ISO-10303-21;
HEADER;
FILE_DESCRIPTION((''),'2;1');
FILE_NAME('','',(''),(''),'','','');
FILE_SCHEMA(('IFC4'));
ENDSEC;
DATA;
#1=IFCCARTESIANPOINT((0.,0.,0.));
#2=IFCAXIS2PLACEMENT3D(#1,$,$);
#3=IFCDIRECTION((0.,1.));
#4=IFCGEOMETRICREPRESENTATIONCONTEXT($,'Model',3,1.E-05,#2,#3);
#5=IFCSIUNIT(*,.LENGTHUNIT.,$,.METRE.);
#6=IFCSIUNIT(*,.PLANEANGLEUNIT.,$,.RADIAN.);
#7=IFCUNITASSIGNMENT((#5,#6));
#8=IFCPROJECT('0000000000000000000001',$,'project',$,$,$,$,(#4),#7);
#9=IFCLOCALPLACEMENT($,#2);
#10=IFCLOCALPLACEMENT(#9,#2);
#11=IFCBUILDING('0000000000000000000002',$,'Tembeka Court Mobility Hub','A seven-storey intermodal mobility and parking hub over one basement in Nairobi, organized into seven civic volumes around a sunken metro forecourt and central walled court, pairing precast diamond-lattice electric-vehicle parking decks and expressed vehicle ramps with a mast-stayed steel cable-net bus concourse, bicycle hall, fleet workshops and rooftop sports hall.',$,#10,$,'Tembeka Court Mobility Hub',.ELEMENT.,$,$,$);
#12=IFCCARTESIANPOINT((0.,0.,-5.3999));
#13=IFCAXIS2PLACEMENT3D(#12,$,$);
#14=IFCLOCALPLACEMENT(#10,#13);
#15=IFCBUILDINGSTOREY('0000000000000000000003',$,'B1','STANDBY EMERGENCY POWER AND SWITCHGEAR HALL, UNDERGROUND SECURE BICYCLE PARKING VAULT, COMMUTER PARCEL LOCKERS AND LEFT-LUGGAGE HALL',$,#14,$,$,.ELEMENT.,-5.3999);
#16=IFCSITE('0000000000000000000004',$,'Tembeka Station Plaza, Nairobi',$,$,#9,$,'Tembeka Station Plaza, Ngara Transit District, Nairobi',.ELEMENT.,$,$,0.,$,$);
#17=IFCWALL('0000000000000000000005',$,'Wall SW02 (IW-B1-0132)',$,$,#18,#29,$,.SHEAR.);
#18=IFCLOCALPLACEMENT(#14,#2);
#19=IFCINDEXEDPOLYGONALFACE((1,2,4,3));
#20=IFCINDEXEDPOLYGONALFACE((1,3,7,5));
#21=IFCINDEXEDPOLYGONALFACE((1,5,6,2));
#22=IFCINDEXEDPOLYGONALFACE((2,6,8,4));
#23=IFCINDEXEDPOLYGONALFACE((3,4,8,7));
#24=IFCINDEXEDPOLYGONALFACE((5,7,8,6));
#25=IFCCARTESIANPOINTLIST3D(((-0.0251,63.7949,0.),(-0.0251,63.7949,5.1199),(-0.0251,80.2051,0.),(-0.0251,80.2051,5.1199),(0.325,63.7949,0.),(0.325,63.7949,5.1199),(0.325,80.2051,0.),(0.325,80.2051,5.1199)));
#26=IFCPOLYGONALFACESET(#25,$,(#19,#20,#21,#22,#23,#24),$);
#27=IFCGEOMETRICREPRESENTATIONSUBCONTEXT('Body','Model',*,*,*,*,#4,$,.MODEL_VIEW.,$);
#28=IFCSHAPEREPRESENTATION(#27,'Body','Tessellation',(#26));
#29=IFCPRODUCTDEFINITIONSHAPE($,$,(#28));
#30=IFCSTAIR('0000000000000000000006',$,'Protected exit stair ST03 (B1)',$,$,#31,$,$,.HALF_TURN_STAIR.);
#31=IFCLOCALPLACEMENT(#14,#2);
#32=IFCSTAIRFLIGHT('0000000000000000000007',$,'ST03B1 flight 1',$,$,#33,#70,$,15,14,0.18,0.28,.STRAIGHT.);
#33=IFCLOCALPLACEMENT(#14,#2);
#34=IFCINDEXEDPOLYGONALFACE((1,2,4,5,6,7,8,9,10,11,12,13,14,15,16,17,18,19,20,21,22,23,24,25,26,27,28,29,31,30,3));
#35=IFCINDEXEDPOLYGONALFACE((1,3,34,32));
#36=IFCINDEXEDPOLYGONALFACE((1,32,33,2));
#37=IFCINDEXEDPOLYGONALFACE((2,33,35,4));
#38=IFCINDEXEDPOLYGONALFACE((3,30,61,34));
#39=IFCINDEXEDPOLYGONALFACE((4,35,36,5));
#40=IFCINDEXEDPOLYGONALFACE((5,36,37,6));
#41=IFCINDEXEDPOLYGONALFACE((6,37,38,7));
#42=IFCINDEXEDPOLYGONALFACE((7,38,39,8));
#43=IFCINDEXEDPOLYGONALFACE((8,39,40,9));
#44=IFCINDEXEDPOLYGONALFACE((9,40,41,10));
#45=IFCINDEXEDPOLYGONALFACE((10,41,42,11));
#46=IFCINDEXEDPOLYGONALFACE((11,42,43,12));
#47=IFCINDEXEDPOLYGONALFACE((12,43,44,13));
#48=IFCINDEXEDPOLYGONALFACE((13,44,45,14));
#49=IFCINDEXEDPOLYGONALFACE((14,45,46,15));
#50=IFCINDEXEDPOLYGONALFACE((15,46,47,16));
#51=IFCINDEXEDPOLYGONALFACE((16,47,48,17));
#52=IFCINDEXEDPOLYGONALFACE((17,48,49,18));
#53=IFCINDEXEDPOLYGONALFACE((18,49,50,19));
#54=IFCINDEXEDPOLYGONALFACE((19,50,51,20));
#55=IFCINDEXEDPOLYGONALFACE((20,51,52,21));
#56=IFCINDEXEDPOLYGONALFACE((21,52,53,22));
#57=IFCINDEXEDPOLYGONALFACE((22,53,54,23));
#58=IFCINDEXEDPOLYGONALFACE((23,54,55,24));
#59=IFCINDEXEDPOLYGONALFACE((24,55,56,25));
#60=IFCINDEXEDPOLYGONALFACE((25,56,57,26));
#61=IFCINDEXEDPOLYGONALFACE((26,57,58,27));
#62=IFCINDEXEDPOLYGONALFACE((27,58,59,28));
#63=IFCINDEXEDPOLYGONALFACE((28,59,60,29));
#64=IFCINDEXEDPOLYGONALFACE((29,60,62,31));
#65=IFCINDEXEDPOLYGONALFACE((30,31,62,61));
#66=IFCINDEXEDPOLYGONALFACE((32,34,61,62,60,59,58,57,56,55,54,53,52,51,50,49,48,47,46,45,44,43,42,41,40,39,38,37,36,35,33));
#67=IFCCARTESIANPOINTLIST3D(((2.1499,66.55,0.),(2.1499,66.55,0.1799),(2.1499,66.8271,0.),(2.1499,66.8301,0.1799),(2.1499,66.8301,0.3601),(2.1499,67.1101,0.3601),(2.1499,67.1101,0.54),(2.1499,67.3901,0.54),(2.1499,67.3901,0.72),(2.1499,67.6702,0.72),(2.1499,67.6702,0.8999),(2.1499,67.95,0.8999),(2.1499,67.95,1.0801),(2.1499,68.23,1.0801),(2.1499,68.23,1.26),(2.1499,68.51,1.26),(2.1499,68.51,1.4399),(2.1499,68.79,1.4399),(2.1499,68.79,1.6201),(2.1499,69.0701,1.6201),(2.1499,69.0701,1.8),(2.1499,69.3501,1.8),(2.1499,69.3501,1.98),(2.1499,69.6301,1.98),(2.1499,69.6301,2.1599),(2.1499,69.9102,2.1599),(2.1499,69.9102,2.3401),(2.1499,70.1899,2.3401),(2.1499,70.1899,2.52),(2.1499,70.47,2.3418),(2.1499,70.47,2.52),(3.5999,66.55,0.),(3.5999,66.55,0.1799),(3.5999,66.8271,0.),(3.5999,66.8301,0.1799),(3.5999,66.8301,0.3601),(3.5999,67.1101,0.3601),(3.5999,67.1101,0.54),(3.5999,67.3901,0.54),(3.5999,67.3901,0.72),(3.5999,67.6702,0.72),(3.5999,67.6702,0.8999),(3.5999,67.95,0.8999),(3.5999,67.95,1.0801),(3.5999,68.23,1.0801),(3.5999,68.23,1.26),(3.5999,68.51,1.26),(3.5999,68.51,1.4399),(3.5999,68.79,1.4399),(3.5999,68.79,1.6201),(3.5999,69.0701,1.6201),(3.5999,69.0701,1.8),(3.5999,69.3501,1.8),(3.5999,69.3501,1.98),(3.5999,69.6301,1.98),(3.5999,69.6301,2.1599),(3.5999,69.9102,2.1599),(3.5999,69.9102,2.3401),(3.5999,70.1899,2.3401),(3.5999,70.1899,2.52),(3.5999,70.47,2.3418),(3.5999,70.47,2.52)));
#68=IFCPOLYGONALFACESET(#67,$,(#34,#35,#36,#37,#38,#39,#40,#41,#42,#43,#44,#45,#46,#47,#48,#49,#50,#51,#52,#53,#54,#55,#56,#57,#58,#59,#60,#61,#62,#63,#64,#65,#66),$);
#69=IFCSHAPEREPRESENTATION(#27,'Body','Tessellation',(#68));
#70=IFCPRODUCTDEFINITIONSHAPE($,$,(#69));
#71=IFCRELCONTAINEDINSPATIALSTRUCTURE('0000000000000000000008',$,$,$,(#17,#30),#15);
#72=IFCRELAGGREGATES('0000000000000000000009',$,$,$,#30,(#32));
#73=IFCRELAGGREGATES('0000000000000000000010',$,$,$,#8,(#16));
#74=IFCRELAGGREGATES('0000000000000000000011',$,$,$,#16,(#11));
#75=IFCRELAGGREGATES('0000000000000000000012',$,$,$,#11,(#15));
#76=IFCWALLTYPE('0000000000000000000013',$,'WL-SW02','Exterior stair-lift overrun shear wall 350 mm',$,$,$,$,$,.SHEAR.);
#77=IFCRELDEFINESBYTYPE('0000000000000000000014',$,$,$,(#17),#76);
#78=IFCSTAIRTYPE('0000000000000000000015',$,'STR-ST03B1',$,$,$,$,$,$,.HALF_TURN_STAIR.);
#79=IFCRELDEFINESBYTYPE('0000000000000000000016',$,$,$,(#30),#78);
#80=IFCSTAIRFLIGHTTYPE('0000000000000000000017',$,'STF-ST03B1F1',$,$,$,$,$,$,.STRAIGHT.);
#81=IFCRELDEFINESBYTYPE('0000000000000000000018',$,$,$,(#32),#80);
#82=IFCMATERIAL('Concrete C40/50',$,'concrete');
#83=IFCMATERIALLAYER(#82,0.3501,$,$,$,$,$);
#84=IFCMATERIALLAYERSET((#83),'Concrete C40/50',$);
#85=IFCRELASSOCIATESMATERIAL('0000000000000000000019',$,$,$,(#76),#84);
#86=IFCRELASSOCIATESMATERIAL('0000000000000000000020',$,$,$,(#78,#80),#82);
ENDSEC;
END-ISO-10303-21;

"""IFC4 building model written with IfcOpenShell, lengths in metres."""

from ifc_helpers import new_model, si_unit, direction, frame, frame_2d, origin, place, context, subcontext, project, spatial, polyline, rectangle, outline, extrude, material, layer, layer_set, type_object, element, aggregate, save


model = new_model("IFC4")

# Units and contexts
model_context = context("Model", 3, precision=1e-05, world=origin(), true_north=direction((0.0, 1.0)))
body_context = subcontext(model_context, "Body", "Model", "MODEL_VIEW")
ifc_project = project(units=[si_unit("LENGTHUNIT", "METRE"), si_unit("PLANEANGLEUNIT", "RADIAN")], contexts=[model_context])

# Site, building, storey
site_placement = place(None, origin())
site = spatial("IfcSite", under=ifc_project, at=site_placement, Name="Tembeka Station Plaza, Nairobi", LongName="Tembeka Station Plaza, Ngara Transit District, Nairobi", CompositionType="ELEMENT", RefElevation=0.0)
building_placement = place(site_placement, origin())
building = spatial("IfcBuilding", under=site, at=building_placement, Name="Tembeka Court Mobility Hub", Description="A seven-storey intermodal mobility and parking hub over one basement in Nairobi, organized into seven civic volumes around a sunken metro forecourt and central walled court, pairing precast diamond-lattice electric-vehicle parking decks and expressed vehicle ramps with a mast-stayed steel cable-net bus concourse, bicycle hall, fleet workshops and rooftop sports hall.", LongName="Tembeka Court Mobility Hub", CompositionType="ELEMENT")
storey_placement = place(building_placement, frame((0.0, 0.0, -5.3999)))
storey = spatial("IfcBuildingStorey", under=building, at=storey_placement, Name="B1", Description="STANDBY EMERGENCY POWER AND SWITCHGEAR HALL, UNDERGROUND SECURE BICYCLE PARKING VAULT, COMMUTER PARCEL LOCKERS AND LEFT-LUGGAGE HALL", CompositionType="ELEMENT", Elevation=-5.3999)

# Shared definitions
ifc_material_1 = material(Name="Concrete C40/50", Category="concrete")

# Wall
ifc_layer_1 = layer(ifc_material_1, 0.3501)
ifc_layer_set_1 = layer_set([ifc_layer_1], Name="Concrete C40/50")
wall_type_1 = type_object("IfcWallType", Name="WL-SW02", Description="Exterior stair-lift overrun shear wall 350 mm", PredefinedType="SHEAR", material=ifc_layer_set_1)
wall_1_placement = place(storey_placement, frame((0.1499, 63.7949, 0.0), z_axis=(0.0, 0.0, 1.0), x_axis=(0.0, 1.0, 0.0)))
element("IfcWall", 1, at=wall_1_placement, inside=storey, type_object=wall_type_1, Name="Wall SW02 (IW-B1-0132)", PredefinedType="SHEAR", context=body_context, shape_type="SweptSolid", body=[
    extrude(rectangle(XDim=16.4102, YDim=0.3501, at=frame_2d((8.2051, 0.0))), origin(), (0.0, 0.0, 1.0), 5.1199),
])

# Stair, stair flight
stair_type = type_object("IfcStairType", Name="STR-ST03B1", PredefinedType="HALF_TURN_STAIR", material=ifc_material_1)
stair_placement = place(storey_placement, origin())
stair = element("IfcStair", 2, at=stair_placement, inside=storey, type_object=stair_type, Name="Protected exit stair ST03 (B1)", PredefinedType="HALF_TURN_STAIR")
stair_flight_type = type_object("IfcStairFlightType", Name="STF-ST03B1F1", PredefinedType="STRAIGHT", material=ifc_material_1)
stair_flight_placement = place(storey_placement, frame((2.875, 66.55, 0.0), z_axis=(0.0, 0.0, 1.0), x_axis=(0.0, 1.0, 0.0)))
stair_flight = element("IfcStairFlight", 3, at=stair_flight_placement, type_object=stair_flight_type, Name="ST03B1 flight 1", NumberOfRisers=15, NumberOfTreads=14, PredefinedType="STRAIGHT", RiserHeight=0.18, TreadLength=0.28, context=body_context, shape_type="SweptSolid", body=[
    extrude(outline(polyline([(0.0, 0.0), (0.0, 0.1799), (0.28, 0.1799), (0.28, 0.3601), (0.5601, 0.3601), (0.5601, 0.54), (0.8401, 0.54), (0.8401, 0.72), (1.1201, 0.72), (1.1201, 0.8999), (1.3999, 0.8999), (1.3999, 1.0801), (1.6799, 1.0801), (1.6799, 1.26), (1.96, 1.26), (1.96, 1.4399), (2.24, 1.4399), (2.24, 1.6201), (2.52, 1.6201), (2.52, 1.8), (2.8, 1.8), (2.8, 1.98), (3.0801, 1.98), (3.0801, 2.1599), (3.3601, 2.1599), (3.3601, 2.3401), (3.6399, 2.3401), (3.6399, 2.52), (3.9199, 2.52), (3.9199, 2.7), (3.9199, 2.3418), (0.2771, 0.0), (0.0, 0.0)])), frame((0.0, 0.7251, 0.0), z_axis=(0.0, -1.0, 0.0), x_axis=(1.0, 0.0, 0.0)), (0.0, 0.0, 1.0), 1.45),
])
aggregate(stair, [stair_flight])

save(model, "model.ifc")
